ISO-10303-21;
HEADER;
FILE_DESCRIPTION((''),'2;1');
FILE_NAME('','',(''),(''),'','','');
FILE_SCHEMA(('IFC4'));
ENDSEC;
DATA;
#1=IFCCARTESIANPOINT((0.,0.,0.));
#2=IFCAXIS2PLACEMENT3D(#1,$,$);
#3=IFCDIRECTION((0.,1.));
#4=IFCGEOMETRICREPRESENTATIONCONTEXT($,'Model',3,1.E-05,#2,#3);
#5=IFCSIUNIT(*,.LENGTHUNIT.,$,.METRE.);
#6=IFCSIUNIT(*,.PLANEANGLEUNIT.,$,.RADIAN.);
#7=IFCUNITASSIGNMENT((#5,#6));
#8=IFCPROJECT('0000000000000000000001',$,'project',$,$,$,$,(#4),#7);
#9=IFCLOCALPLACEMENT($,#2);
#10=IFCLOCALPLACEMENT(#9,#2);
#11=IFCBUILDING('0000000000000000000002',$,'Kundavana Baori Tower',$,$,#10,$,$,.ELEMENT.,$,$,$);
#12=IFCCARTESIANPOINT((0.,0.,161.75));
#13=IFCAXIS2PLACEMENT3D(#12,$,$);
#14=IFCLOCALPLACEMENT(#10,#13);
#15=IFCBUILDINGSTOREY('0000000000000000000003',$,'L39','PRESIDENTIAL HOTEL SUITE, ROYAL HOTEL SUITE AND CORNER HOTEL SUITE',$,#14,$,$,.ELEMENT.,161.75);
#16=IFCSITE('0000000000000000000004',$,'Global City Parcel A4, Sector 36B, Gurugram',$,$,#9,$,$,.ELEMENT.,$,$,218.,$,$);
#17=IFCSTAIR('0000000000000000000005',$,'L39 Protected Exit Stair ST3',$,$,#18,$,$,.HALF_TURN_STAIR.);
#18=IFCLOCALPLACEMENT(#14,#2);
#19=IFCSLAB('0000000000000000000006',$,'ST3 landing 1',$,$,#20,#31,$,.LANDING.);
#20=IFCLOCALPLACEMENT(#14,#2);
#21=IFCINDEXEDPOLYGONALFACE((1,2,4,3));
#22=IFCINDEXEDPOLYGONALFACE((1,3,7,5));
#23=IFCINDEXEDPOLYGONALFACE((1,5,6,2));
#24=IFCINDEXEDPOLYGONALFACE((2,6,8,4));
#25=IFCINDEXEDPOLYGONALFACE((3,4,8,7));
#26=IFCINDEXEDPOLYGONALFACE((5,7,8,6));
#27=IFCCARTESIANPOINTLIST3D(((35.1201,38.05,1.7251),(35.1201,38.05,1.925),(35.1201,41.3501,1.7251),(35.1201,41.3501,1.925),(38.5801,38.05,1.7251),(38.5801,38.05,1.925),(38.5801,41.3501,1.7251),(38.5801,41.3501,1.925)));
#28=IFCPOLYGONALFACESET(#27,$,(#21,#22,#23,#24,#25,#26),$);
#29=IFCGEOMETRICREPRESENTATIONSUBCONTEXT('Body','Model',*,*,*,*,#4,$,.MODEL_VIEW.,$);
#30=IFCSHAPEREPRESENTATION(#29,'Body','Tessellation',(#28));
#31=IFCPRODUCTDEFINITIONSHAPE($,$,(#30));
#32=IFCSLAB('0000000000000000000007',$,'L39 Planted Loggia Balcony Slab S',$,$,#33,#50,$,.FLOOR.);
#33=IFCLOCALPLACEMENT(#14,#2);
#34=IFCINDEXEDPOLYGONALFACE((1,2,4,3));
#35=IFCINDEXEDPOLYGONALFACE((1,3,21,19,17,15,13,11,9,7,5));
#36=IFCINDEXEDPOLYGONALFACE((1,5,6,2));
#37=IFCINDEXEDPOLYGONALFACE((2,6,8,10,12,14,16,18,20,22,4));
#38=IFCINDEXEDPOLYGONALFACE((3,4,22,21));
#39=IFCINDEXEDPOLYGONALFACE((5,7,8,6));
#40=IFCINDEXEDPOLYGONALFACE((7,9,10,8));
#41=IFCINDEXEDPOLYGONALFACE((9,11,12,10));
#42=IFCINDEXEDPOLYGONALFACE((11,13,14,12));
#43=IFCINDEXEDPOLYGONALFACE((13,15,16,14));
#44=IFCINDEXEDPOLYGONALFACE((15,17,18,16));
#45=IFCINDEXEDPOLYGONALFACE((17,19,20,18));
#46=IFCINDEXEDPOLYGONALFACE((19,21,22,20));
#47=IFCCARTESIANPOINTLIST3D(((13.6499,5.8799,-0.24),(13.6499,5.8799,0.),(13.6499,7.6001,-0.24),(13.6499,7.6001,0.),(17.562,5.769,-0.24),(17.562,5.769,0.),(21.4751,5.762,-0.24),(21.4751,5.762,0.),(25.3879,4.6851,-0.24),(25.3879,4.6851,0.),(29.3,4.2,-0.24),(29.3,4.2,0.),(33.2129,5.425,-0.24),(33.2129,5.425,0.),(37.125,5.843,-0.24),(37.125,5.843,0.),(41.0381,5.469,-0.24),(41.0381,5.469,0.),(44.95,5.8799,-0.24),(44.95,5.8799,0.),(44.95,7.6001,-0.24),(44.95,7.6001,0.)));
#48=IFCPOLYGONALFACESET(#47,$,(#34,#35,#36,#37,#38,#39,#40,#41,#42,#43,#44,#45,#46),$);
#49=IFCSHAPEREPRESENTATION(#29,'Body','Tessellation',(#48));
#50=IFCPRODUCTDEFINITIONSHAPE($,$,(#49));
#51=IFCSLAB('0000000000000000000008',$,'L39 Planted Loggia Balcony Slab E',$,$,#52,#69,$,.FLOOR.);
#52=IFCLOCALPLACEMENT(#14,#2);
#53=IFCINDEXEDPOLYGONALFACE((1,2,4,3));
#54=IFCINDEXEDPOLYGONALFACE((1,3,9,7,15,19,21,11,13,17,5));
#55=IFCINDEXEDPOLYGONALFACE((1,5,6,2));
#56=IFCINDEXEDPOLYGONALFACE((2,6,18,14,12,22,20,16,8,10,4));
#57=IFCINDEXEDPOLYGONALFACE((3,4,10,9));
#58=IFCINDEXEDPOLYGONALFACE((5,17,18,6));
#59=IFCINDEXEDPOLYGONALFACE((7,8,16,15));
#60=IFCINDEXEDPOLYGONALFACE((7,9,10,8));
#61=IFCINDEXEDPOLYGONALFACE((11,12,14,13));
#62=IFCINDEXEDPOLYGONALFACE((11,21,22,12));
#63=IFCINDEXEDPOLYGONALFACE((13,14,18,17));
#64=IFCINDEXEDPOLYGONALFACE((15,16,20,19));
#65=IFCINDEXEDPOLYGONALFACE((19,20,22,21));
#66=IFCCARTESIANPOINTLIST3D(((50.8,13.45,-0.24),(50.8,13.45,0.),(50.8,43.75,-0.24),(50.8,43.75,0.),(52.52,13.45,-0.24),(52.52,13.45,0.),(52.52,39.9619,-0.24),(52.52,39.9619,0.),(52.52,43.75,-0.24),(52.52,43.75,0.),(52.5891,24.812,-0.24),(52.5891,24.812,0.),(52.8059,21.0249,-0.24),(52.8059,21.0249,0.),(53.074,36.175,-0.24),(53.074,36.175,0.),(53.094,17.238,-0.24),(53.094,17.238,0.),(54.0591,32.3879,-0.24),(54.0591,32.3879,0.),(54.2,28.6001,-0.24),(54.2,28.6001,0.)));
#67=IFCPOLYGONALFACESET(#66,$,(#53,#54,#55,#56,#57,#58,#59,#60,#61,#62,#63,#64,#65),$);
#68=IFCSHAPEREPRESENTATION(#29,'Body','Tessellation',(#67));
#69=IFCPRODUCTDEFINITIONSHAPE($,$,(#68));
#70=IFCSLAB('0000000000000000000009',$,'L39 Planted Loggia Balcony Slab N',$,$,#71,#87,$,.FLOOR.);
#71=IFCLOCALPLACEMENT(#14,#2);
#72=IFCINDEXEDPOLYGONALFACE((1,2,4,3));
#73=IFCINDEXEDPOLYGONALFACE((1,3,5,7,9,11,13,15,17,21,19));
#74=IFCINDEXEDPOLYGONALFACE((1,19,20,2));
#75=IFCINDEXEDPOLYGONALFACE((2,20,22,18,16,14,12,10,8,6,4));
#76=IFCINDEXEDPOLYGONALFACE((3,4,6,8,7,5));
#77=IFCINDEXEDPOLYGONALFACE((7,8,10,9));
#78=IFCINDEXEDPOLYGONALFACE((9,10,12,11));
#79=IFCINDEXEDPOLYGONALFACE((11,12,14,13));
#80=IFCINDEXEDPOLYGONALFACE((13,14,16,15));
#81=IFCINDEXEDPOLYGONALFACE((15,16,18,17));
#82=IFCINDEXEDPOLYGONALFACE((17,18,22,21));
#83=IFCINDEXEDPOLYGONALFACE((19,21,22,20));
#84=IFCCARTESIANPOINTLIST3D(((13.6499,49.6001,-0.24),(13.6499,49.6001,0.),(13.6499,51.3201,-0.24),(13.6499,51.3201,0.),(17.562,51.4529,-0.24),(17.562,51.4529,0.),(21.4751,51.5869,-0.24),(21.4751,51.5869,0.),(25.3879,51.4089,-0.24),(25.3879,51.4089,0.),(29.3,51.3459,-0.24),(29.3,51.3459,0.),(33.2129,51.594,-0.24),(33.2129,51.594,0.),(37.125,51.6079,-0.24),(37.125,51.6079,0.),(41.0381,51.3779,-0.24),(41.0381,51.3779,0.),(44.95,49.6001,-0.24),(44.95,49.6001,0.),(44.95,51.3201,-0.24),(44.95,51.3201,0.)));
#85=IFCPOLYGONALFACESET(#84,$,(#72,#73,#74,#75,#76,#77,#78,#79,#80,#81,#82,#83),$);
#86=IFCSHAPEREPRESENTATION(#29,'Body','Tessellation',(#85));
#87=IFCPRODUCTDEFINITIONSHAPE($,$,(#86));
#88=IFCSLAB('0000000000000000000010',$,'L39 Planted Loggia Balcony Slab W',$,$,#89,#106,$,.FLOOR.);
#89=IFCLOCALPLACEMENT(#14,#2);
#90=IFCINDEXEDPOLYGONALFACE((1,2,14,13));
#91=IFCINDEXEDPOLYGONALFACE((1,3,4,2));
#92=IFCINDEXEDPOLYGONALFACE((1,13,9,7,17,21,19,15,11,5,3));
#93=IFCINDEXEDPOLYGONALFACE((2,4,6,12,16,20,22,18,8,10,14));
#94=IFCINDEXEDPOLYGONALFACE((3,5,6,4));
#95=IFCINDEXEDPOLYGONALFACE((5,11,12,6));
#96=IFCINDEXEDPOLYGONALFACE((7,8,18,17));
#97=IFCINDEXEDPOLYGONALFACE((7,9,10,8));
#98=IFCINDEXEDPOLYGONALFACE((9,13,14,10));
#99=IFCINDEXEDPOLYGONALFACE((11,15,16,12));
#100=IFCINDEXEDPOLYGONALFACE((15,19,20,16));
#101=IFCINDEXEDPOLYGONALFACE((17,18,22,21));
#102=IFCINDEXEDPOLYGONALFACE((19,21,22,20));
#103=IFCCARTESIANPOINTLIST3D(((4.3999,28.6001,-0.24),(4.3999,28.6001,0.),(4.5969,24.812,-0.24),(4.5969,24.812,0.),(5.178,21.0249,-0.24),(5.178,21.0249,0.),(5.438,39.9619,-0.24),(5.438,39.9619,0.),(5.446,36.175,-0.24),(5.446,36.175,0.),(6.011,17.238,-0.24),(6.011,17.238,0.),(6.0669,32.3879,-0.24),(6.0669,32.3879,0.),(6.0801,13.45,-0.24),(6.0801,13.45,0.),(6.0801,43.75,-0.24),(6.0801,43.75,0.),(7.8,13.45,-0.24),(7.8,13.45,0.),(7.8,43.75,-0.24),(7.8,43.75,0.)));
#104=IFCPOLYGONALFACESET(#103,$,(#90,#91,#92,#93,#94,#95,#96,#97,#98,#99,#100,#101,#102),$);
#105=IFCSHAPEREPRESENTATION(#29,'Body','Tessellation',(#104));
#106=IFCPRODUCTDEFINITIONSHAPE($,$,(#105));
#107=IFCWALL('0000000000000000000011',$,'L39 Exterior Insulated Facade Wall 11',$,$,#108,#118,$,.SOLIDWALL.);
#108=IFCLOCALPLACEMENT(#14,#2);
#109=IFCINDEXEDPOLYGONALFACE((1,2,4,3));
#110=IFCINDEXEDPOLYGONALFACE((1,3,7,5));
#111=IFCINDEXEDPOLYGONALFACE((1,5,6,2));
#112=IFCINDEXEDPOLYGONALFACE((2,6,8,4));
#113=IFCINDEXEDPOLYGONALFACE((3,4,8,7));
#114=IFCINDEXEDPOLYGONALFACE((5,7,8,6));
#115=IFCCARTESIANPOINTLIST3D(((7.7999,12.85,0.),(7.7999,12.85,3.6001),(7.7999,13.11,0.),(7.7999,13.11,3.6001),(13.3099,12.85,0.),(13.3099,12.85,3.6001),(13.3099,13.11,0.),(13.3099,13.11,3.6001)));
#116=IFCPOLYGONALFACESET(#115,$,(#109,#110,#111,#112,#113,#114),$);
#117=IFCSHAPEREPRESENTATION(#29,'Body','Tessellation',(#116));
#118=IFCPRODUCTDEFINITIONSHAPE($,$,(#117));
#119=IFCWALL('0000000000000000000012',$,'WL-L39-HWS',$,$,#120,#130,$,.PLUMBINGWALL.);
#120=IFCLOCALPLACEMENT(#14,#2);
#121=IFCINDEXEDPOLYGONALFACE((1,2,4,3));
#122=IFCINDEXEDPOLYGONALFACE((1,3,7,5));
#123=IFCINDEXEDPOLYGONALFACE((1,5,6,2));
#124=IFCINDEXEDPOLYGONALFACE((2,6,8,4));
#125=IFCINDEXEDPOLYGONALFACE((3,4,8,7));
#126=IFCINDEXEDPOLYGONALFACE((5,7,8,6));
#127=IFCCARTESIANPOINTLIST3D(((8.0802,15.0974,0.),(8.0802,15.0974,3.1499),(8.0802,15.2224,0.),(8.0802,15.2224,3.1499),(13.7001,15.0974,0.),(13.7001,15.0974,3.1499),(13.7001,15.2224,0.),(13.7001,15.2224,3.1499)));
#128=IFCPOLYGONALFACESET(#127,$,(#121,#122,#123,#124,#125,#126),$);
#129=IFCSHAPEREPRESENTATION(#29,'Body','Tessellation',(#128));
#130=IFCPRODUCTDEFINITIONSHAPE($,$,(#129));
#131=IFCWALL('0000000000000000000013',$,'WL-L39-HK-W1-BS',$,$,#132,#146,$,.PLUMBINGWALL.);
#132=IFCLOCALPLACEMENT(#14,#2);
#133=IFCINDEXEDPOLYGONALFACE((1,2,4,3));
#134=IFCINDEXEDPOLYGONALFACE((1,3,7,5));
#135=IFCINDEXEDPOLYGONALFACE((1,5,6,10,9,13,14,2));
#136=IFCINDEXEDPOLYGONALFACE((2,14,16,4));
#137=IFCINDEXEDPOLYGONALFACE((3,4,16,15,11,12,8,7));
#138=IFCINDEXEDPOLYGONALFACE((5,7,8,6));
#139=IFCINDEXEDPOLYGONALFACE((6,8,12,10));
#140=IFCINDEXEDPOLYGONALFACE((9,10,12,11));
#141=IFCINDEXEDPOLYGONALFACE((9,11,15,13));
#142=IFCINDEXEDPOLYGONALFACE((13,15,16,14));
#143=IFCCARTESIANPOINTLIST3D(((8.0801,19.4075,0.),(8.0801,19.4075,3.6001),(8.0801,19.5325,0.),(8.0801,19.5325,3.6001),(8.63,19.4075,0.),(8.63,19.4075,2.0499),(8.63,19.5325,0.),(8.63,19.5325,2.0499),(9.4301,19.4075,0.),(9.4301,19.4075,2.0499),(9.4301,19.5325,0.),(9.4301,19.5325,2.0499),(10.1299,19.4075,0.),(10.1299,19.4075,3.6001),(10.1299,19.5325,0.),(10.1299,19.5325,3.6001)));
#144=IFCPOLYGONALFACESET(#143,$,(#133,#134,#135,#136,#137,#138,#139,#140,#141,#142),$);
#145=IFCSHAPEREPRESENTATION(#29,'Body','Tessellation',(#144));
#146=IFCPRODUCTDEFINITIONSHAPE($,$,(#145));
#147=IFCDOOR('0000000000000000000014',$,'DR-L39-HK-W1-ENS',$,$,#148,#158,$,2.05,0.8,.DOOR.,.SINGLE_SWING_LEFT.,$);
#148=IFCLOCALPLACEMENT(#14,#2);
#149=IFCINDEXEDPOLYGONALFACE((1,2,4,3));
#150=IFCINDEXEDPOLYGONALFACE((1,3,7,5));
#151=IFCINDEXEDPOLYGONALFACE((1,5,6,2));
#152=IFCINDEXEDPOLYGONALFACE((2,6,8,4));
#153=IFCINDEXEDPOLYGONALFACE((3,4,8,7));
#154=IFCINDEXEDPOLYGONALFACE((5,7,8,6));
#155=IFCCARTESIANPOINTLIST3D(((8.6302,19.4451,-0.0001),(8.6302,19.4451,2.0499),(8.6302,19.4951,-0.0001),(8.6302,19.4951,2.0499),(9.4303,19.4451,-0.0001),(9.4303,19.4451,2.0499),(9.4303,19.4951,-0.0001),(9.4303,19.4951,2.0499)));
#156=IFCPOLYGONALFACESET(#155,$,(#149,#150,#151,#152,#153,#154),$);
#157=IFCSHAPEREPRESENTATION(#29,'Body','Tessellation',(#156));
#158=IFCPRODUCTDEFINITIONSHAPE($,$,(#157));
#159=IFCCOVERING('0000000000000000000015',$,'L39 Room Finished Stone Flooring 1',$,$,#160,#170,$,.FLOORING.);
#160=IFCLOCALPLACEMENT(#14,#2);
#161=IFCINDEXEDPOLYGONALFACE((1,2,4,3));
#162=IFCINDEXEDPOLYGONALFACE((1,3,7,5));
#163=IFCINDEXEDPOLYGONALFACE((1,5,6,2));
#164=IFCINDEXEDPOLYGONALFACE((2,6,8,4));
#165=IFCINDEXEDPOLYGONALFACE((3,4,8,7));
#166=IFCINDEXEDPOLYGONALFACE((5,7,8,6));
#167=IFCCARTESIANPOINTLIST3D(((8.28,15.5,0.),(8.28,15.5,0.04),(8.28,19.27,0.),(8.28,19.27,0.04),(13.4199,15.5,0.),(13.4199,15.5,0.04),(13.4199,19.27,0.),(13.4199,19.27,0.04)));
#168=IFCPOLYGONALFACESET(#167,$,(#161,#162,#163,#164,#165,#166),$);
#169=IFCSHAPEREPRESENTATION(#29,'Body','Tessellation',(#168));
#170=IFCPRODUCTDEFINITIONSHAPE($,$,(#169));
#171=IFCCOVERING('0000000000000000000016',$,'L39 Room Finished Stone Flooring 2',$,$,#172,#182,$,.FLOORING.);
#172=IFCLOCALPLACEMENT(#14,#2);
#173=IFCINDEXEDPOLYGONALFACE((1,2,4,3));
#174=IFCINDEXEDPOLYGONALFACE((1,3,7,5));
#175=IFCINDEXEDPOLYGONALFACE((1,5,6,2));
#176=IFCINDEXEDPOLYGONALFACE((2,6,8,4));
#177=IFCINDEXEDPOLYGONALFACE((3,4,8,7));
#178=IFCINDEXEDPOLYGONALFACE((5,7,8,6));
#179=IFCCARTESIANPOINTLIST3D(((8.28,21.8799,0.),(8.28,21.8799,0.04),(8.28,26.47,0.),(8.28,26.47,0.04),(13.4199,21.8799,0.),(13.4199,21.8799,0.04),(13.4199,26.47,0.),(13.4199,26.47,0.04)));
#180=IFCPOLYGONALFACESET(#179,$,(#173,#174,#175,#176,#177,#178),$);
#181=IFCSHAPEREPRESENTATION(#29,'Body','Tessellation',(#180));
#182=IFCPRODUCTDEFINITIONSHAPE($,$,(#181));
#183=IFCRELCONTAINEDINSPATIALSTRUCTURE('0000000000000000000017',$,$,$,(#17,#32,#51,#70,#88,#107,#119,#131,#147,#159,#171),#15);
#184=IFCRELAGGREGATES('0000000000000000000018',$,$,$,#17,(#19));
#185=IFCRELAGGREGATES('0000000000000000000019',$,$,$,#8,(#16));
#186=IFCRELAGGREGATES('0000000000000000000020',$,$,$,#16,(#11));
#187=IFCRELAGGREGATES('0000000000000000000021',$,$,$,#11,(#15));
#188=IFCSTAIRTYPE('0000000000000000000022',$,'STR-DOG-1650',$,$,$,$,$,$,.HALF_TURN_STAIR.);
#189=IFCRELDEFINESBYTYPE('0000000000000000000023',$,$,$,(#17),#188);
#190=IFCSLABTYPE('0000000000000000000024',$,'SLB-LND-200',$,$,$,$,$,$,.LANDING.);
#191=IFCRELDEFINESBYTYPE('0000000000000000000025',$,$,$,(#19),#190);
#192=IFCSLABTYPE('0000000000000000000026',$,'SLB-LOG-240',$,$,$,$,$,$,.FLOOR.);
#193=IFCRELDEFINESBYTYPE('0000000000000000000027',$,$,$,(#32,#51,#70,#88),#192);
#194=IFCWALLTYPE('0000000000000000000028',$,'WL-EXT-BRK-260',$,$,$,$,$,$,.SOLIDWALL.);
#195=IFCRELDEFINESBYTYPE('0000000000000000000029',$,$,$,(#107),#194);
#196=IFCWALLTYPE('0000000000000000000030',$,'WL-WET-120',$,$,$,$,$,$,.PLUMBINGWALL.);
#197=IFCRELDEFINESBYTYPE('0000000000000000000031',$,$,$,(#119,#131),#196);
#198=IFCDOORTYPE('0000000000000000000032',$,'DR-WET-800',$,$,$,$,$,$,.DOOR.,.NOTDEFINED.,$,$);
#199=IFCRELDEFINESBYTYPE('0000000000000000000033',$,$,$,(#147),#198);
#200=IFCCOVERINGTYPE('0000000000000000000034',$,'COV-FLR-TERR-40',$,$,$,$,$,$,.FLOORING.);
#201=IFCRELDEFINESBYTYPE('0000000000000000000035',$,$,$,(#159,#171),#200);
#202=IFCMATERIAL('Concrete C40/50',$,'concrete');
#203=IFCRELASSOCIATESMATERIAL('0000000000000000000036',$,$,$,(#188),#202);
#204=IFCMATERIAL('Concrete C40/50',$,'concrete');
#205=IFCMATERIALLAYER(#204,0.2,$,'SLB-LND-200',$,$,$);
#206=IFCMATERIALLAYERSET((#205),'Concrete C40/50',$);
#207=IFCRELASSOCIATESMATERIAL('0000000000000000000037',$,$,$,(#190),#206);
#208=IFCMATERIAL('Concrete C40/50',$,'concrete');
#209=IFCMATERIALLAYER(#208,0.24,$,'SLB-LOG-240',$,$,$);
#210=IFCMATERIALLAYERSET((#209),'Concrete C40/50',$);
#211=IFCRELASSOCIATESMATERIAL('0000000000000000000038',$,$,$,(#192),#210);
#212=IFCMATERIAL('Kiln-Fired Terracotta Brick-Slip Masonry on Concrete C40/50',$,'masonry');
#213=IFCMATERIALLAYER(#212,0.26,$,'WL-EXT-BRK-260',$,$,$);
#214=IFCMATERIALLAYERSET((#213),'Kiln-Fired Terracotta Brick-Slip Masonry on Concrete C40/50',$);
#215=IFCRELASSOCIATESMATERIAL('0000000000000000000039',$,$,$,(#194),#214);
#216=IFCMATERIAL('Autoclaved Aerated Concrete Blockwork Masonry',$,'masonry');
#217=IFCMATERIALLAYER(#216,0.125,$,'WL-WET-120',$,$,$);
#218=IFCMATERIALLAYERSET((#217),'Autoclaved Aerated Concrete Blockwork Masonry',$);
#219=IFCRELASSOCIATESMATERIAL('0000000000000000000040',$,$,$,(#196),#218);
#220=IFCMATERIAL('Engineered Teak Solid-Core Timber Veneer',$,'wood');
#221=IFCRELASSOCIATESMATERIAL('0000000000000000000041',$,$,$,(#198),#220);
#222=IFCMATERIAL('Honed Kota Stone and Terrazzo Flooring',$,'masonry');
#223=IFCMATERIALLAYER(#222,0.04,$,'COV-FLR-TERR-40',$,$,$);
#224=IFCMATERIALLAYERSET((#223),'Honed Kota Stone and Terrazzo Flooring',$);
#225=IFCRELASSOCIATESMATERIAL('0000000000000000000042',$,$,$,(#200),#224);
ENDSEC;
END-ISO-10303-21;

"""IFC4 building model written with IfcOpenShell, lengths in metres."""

from ifc_helpers import new_model, si_unit, direction, frame, frame_2d, origin, place, context, subcontext, project, spatial, polyline, rectangle, outline, extrude, material, layer, layer_set, type_object, element, fill, aggregate, save


model = new_model("IFC4")

# Units and contexts
model_context = context("Model", 3, precision=1e-05, world=origin(), true_north=direction((0.0, 1.0)))
body_context = subcontext(model_context, "Body", "Model", "MODEL_VIEW")
ifc_project = project(units=[si_unit("LENGTHUNIT", "METRE"), si_unit("PLANEANGLEUNIT", "RADIAN")], contexts=[model_context])

# Site, building, storey
site_placement = place(None, origin())
site = spatial("IfcSite", under=ifc_project, at=site_placement, Name="Global City Parcel A4, Sector 36B, Gurugram", CompositionType="ELEMENT", RefElevation=218.0)
building_placement = place(site_placement, origin())
building = spatial("IfcBuilding", under=site, at=building_placement, Name="Kundavana Baori Tower", CompositionType="ELEMENT")
storey_placement = place(building_placement, frame((0.0, 0.0, 161.75)))
storey = spatial("IfcBuildingStorey", under=building, at=storey_placement, Name="L39", Description="PRESIDENTIAL HOTEL SUITE, ROYAL HOTEL SUITE AND CORNER HOTEL SUITE", CompositionType="ELEMENT", Elevation=161.75)

# Stair, slab
ifc_material_1 = material(Name="Concrete C40/50", Category="concrete")
stair_type = type_object("IfcStairType", Name="STR-DOG-1650", PredefinedType="HALF_TURN_STAIR", material=ifc_material_1)
ifc_material_2 = material(Name="Concrete C40/50", Category="concrete")
ifc_layer_1 = layer(ifc_material_2, 0.2, Name="SLB-LND-200")
ifc_layer_set_1 = layer_set([ifc_layer_1], Name="Concrete C40/50")
slab_type_1 = type_object("IfcSlabType", Name="SLB-LND-200", PredefinedType="LANDING", material=ifc_layer_set_1)
stair_1_placement = place(storey_placement, origin())
stair_1 = element("IfcStair", 1, at=stair_1_placement, inside=storey, type_object=stair_type, Name="L39 Protected Exit Stair ST3", PredefinedType="HALF_TURN_STAIR")
slab_1_placement = place(storey_placement, frame((0.0, 0.0, 1.7251)))
slab_1 = element("IfcSlab", 2, at=slab_1_placement, type_object=slab_type_1, Name="ST3 landing 1", PredefinedType="LANDING", context=body_context, shape_type="SweptSolid", body=[
    extrude(outline(polyline([(38.5801, 38.05), (38.5801, 41.3501), (35.1201, 41.3501), (35.1201, 38.05), (38.5801, 38.05)])), origin(), (0.0, 0.0, 1.0), 0.2),
])
aggregate(stair_1, [slab_1])

# Slabs
ifc_material_3 = material(Name="Concrete C40/50", Category="concrete")
ifc_layer_2 = layer(ifc_material_3, 0.24, Name="SLB-LOG-240")
ifc_layer_set_2 = layer_set([ifc_layer_2], Name="Concrete C40/50")
slab_type_2 = type_object("IfcSlabType", Name="SLB-LOG-240", PredefinedType="FLOOR", material=ifc_layer_set_2)
slab_2_placement = place(storey_placement, frame((0.0, 0.0, -0.24)))
element("IfcSlab", 3, at=slab_2_placement, inside=storey, type_object=slab_type_2, Name="L39 Planted Loggia Balcony Slab S", PredefinedType="FLOOR", context=body_context, shape_type="SweptSolid", body=[
    extrude(outline(polyline([(13.6499, 7.6001), (44.95, 7.6001), (44.95, 5.8799), (41.0381, 5.469), (37.125, 5.843), (33.2129, 5.425), (29.3, 4.2), (25.3879, 4.6851), (21.4751, 5.762), (17.562, 5.769), (13.6499, 5.8799), (13.6499, 7.6001)])), origin(), (0.0, 0.0, 1.0), 0.24),
])
slab_3_placement = place(storey_placement, frame((0.0, 0.0, -0.24)))
element("IfcSlab", 4, at=slab_3_placement, inside=storey, type_object=slab_type_2, Name="L39 Planted Loggia Balcony Slab E", PredefinedType="FLOOR", context=body_context, shape_type="SweptSolid", body=[
    extrude(outline(polyline([(50.8, 13.45), (50.8, 43.75), (52.52, 43.75), (52.52, 39.9619), (53.074, 36.175), (54.0591, 32.3879), (54.2, 28.6001), (52.5891, 24.812), (52.8059, 21.0249), (53.094, 17.238), (52.52, 13.45), (50.8, 13.45)])), origin(), (0.0, 0.0, 1.0), 0.24),
])
slab_4_placement = place(storey_placement, frame((0.0, 0.0, -0.24)))
element("IfcSlab", 5, at=slab_4_placement, inside=storey, type_object=slab_type_2, Name="L39 Planted Loggia Balcony Slab N", PredefinedType="FLOOR", context=body_context, shape_type="SweptSolid", body=[
    extrude(outline(polyline([(44.95, 49.6001), (13.6499, 49.6001), (13.6499, 51.3201), (17.562, 51.4529), (21.4751, 51.5869), (25.3879, 51.4089), (29.3, 51.3459), (33.2129, 51.594), (37.125, 51.6079), (41.0381, 51.3779), (44.95, 51.3201), (44.95, 49.6001)])), origin(), (0.0, 0.0, 1.0), 0.24),
])
slab_5_placement = place(storey_placement, frame((0.0, 0.0, -0.24)))
element("IfcSlab", 6, at=slab_5_placement, inside=storey, type_object=slab_type_2, Name="L39 Planted Loggia Balcony Slab W", PredefinedType="FLOOR", context=body_context, shape_type="SweptSolid", body=[
    extrude(outline(polyline([(7.8, 43.75), (7.8, 13.45), (6.0801, 13.45), (6.011, 17.238), (5.178, 21.0249), (4.5969, 24.812), (4.3999, 28.6001), (6.0669, 32.3879), (5.446, 36.175), (5.438, 39.9619), (6.0801, 43.75), (7.8, 43.75)])), origin(), (0.0, 0.0, 1.0), 0.24),
])

# Walls
ifc_material_4 = material(Name="Kiln-Fired Terracotta Brick-Slip Masonry on Concrete C40/50", Category="masonry")
ifc_layer_3 = layer(ifc_material_4, 0.26, Name="WL-EXT-BRK-260")
ifc_layer_set_3 = layer_set([ifc_layer_3], Name="Kiln-Fired Terracotta Brick-Slip Masonry on Concrete C40/50")
wall_type_1 = type_object("IfcWallType", Name="WL-EXT-BRK-260", PredefinedType="SOLIDWALL", material=ifc_layer_set_3)
wall_1_placement = place(storey_placement, frame((7.8, 12.98, 0.0), z_axis=(0.0, 0.0, 1.0), x_axis=(1.0, 0.0, 0.0)))
element("IfcWall", 7, at=wall_1_placement, inside=storey, type_object=wall_type_1, Name="L39 Exterior Insulated Facade Wall 11", PredefinedType="SOLIDWALL", context=body_context, shape_type="SweptSolid", body=[
    extrude(rectangle(XDim=5.51, YDim=0.26, at=frame_2d((2.7549, 0.0))), origin(), (0.0, 0.0, 1.0), 3.6001),
])
ifc_material_5 = material(Name="Autoclaved Aerated Concrete Blockwork Masonry", Category="masonry")
ifc_layer_4 = layer(ifc_material_5, 0.125, Name="WL-WET-120")
ifc_layer_set_4 = layer_set([ifc_layer_4], Name="Autoclaved Aerated Concrete Blockwork Masonry")
wall_type_2 = type_object("IfcWallType", Name="WL-WET-120", PredefinedType="PLUMBINGWALL", material=ifc_layer_set_4)
wall_2_placement = place(storey_placement, frame((8.0801, 15.1599, 0.0), z_axis=(0.0, 0.0, 1.0), x_axis=(1.0, 0.0, 0.0)))
element("IfcWall", 8, at=wall_2_placement, inside=storey, type_object=wall_type_2, Name="WL-L39-HWS", PredefinedType="PLUMBINGWALL", context=body_context, shape_type="SweptSolid", body=[
    extrude(rectangle(XDim=5.6199, YDim=0.125, at=frame_2d((2.8101, 0.0))), origin(), (0.0, 0.0, 1.0), 3.1499),
])

# Wall, opening, door
wall_3_placement = place(storey_placement, frame((8.0801, 19.47, 0.0), z_axis=(0.0, 0.0, 1.0), x_axis=(1.0, 0.0, 0.0)))
wall_3 = element("IfcWall", 9, at=wall_3_placement, inside=storey, type_object=wall_type_2, Name="WL-L39-HK-W1-BS", PredefinedType="PLUMBINGWALL", context=body_context, shape_type="SweptSolid", body=[
    extrude(rectangle(XDim=2.0498, YDim=0.125, at=frame_2d((1.0249, 0.0))), origin(), (0.0, 0.0, 1.0), 3.6001),
])
opening_placement = place(wall_3_placement, frame((0.55, 0.0, 0.0)))
opening = element("IfcOpeningElement", 10, at=opening_placement, cuts=wall_3, PredefinedType="OPENING", context=body_context, shape_type="SweptSolid", body=[
    extrude(rectangle(XDim=0.8, YDim=2.05, at=frame_2d((0.3999, 1.0249))), frame((0.0, 0.0725, 0.0), z_axis=(0.0, -1.0, 0.0), x_axis=(1.0, 0.0, 0.0)), (0.0, 0.0, 1.0), 0.145),
])
ifc_material_6 = material(Name="Engineered Teak Solid-Core Timber Veneer", Category="wood")
door_type = type_object("IfcDoorType", Name="DR-WET-800", OperationType="NOTDEFINED", PredefinedType="DOOR", material=ifc_material_6)
door_placement = place(opening_placement, frame((0.8, 0.0, 0.0), z_axis=(0.0, 0.0, 1.0), x_axis=(-1.0, 0.0, 0.0)))
door = element("IfcDoor", 11, at=door_placement, inside=storey, type_object=door_type, Name="DR-L39-HK-W1-ENS", OperationType="SINGLE_SWING_LEFT", OverallHeight=2.05, OverallWidth=0.8, PredefinedType="DOOR", context=body_context, shape_type="SweptSolid", body=[
    extrude(rectangle(XDim=0.8, YDim=2.05, at=frame_2d((0.3999, 1.0249))), frame((0.0, 0.0249, 0.0), z_axis=(0.0, -1.0, 0.0), x_axis=(1.0, 0.0, 0.0)), (0.0, 0.0, 1.0), 0.05),
])
fill(opening, door)

# Coverings
ifc_material_7 = material(Name="Honed Kota Stone and Terrazzo Flooring", Category="masonry")
ifc_layer_5 = layer(ifc_material_7, 0.04, Name="COV-FLR-TERR-40")
ifc_layer_set_5 = layer_set([ifc_layer_5], Name="Honed Kota Stone and Terrazzo Flooring")
covering_type_1 = type_object("IfcCoveringType", Name="COV-FLR-TERR-40", PredefinedType="FLOORING", material=ifc_layer_set_5)
covering_1_placement = place(storey_placement, origin())
element("IfcCovering", 12, at=covering_1_placement, inside=storey, type_object=covering_type_1, Name="L39 Room Finished Stone Flooring 1", PredefinedType="FLOORING", context=body_context, shape_type="SweptSolid", body=[
    extrude(outline(polyline([(8.28, 15.5), (13.4199, 15.5), (13.4199, 19.27), (8.28, 19.27), (8.28, 15.5)])), origin(), (0.0, 0.0, 1.0), 0.04),
])
covering_2_placement = place(storey_placement, origin())
element("IfcCovering", 13, at=covering_2_placement, inside=storey, type_object=covering_type_1, Name="L39 Room Finished Stone Flooring 2", PredefinedType="FLOORING", context=body_context, shape_type="SweptSolid", body=[
    extrude(outline(polyline([(8.28, 21.8799), (13.4199, 21.8799), (13.4199, 26.47), (8.28, 26.47), (8.28, 21.8799)])), origin(), (0.0, 0.0, 1.0), 0.04),
])

save(model, "model.ifc")
